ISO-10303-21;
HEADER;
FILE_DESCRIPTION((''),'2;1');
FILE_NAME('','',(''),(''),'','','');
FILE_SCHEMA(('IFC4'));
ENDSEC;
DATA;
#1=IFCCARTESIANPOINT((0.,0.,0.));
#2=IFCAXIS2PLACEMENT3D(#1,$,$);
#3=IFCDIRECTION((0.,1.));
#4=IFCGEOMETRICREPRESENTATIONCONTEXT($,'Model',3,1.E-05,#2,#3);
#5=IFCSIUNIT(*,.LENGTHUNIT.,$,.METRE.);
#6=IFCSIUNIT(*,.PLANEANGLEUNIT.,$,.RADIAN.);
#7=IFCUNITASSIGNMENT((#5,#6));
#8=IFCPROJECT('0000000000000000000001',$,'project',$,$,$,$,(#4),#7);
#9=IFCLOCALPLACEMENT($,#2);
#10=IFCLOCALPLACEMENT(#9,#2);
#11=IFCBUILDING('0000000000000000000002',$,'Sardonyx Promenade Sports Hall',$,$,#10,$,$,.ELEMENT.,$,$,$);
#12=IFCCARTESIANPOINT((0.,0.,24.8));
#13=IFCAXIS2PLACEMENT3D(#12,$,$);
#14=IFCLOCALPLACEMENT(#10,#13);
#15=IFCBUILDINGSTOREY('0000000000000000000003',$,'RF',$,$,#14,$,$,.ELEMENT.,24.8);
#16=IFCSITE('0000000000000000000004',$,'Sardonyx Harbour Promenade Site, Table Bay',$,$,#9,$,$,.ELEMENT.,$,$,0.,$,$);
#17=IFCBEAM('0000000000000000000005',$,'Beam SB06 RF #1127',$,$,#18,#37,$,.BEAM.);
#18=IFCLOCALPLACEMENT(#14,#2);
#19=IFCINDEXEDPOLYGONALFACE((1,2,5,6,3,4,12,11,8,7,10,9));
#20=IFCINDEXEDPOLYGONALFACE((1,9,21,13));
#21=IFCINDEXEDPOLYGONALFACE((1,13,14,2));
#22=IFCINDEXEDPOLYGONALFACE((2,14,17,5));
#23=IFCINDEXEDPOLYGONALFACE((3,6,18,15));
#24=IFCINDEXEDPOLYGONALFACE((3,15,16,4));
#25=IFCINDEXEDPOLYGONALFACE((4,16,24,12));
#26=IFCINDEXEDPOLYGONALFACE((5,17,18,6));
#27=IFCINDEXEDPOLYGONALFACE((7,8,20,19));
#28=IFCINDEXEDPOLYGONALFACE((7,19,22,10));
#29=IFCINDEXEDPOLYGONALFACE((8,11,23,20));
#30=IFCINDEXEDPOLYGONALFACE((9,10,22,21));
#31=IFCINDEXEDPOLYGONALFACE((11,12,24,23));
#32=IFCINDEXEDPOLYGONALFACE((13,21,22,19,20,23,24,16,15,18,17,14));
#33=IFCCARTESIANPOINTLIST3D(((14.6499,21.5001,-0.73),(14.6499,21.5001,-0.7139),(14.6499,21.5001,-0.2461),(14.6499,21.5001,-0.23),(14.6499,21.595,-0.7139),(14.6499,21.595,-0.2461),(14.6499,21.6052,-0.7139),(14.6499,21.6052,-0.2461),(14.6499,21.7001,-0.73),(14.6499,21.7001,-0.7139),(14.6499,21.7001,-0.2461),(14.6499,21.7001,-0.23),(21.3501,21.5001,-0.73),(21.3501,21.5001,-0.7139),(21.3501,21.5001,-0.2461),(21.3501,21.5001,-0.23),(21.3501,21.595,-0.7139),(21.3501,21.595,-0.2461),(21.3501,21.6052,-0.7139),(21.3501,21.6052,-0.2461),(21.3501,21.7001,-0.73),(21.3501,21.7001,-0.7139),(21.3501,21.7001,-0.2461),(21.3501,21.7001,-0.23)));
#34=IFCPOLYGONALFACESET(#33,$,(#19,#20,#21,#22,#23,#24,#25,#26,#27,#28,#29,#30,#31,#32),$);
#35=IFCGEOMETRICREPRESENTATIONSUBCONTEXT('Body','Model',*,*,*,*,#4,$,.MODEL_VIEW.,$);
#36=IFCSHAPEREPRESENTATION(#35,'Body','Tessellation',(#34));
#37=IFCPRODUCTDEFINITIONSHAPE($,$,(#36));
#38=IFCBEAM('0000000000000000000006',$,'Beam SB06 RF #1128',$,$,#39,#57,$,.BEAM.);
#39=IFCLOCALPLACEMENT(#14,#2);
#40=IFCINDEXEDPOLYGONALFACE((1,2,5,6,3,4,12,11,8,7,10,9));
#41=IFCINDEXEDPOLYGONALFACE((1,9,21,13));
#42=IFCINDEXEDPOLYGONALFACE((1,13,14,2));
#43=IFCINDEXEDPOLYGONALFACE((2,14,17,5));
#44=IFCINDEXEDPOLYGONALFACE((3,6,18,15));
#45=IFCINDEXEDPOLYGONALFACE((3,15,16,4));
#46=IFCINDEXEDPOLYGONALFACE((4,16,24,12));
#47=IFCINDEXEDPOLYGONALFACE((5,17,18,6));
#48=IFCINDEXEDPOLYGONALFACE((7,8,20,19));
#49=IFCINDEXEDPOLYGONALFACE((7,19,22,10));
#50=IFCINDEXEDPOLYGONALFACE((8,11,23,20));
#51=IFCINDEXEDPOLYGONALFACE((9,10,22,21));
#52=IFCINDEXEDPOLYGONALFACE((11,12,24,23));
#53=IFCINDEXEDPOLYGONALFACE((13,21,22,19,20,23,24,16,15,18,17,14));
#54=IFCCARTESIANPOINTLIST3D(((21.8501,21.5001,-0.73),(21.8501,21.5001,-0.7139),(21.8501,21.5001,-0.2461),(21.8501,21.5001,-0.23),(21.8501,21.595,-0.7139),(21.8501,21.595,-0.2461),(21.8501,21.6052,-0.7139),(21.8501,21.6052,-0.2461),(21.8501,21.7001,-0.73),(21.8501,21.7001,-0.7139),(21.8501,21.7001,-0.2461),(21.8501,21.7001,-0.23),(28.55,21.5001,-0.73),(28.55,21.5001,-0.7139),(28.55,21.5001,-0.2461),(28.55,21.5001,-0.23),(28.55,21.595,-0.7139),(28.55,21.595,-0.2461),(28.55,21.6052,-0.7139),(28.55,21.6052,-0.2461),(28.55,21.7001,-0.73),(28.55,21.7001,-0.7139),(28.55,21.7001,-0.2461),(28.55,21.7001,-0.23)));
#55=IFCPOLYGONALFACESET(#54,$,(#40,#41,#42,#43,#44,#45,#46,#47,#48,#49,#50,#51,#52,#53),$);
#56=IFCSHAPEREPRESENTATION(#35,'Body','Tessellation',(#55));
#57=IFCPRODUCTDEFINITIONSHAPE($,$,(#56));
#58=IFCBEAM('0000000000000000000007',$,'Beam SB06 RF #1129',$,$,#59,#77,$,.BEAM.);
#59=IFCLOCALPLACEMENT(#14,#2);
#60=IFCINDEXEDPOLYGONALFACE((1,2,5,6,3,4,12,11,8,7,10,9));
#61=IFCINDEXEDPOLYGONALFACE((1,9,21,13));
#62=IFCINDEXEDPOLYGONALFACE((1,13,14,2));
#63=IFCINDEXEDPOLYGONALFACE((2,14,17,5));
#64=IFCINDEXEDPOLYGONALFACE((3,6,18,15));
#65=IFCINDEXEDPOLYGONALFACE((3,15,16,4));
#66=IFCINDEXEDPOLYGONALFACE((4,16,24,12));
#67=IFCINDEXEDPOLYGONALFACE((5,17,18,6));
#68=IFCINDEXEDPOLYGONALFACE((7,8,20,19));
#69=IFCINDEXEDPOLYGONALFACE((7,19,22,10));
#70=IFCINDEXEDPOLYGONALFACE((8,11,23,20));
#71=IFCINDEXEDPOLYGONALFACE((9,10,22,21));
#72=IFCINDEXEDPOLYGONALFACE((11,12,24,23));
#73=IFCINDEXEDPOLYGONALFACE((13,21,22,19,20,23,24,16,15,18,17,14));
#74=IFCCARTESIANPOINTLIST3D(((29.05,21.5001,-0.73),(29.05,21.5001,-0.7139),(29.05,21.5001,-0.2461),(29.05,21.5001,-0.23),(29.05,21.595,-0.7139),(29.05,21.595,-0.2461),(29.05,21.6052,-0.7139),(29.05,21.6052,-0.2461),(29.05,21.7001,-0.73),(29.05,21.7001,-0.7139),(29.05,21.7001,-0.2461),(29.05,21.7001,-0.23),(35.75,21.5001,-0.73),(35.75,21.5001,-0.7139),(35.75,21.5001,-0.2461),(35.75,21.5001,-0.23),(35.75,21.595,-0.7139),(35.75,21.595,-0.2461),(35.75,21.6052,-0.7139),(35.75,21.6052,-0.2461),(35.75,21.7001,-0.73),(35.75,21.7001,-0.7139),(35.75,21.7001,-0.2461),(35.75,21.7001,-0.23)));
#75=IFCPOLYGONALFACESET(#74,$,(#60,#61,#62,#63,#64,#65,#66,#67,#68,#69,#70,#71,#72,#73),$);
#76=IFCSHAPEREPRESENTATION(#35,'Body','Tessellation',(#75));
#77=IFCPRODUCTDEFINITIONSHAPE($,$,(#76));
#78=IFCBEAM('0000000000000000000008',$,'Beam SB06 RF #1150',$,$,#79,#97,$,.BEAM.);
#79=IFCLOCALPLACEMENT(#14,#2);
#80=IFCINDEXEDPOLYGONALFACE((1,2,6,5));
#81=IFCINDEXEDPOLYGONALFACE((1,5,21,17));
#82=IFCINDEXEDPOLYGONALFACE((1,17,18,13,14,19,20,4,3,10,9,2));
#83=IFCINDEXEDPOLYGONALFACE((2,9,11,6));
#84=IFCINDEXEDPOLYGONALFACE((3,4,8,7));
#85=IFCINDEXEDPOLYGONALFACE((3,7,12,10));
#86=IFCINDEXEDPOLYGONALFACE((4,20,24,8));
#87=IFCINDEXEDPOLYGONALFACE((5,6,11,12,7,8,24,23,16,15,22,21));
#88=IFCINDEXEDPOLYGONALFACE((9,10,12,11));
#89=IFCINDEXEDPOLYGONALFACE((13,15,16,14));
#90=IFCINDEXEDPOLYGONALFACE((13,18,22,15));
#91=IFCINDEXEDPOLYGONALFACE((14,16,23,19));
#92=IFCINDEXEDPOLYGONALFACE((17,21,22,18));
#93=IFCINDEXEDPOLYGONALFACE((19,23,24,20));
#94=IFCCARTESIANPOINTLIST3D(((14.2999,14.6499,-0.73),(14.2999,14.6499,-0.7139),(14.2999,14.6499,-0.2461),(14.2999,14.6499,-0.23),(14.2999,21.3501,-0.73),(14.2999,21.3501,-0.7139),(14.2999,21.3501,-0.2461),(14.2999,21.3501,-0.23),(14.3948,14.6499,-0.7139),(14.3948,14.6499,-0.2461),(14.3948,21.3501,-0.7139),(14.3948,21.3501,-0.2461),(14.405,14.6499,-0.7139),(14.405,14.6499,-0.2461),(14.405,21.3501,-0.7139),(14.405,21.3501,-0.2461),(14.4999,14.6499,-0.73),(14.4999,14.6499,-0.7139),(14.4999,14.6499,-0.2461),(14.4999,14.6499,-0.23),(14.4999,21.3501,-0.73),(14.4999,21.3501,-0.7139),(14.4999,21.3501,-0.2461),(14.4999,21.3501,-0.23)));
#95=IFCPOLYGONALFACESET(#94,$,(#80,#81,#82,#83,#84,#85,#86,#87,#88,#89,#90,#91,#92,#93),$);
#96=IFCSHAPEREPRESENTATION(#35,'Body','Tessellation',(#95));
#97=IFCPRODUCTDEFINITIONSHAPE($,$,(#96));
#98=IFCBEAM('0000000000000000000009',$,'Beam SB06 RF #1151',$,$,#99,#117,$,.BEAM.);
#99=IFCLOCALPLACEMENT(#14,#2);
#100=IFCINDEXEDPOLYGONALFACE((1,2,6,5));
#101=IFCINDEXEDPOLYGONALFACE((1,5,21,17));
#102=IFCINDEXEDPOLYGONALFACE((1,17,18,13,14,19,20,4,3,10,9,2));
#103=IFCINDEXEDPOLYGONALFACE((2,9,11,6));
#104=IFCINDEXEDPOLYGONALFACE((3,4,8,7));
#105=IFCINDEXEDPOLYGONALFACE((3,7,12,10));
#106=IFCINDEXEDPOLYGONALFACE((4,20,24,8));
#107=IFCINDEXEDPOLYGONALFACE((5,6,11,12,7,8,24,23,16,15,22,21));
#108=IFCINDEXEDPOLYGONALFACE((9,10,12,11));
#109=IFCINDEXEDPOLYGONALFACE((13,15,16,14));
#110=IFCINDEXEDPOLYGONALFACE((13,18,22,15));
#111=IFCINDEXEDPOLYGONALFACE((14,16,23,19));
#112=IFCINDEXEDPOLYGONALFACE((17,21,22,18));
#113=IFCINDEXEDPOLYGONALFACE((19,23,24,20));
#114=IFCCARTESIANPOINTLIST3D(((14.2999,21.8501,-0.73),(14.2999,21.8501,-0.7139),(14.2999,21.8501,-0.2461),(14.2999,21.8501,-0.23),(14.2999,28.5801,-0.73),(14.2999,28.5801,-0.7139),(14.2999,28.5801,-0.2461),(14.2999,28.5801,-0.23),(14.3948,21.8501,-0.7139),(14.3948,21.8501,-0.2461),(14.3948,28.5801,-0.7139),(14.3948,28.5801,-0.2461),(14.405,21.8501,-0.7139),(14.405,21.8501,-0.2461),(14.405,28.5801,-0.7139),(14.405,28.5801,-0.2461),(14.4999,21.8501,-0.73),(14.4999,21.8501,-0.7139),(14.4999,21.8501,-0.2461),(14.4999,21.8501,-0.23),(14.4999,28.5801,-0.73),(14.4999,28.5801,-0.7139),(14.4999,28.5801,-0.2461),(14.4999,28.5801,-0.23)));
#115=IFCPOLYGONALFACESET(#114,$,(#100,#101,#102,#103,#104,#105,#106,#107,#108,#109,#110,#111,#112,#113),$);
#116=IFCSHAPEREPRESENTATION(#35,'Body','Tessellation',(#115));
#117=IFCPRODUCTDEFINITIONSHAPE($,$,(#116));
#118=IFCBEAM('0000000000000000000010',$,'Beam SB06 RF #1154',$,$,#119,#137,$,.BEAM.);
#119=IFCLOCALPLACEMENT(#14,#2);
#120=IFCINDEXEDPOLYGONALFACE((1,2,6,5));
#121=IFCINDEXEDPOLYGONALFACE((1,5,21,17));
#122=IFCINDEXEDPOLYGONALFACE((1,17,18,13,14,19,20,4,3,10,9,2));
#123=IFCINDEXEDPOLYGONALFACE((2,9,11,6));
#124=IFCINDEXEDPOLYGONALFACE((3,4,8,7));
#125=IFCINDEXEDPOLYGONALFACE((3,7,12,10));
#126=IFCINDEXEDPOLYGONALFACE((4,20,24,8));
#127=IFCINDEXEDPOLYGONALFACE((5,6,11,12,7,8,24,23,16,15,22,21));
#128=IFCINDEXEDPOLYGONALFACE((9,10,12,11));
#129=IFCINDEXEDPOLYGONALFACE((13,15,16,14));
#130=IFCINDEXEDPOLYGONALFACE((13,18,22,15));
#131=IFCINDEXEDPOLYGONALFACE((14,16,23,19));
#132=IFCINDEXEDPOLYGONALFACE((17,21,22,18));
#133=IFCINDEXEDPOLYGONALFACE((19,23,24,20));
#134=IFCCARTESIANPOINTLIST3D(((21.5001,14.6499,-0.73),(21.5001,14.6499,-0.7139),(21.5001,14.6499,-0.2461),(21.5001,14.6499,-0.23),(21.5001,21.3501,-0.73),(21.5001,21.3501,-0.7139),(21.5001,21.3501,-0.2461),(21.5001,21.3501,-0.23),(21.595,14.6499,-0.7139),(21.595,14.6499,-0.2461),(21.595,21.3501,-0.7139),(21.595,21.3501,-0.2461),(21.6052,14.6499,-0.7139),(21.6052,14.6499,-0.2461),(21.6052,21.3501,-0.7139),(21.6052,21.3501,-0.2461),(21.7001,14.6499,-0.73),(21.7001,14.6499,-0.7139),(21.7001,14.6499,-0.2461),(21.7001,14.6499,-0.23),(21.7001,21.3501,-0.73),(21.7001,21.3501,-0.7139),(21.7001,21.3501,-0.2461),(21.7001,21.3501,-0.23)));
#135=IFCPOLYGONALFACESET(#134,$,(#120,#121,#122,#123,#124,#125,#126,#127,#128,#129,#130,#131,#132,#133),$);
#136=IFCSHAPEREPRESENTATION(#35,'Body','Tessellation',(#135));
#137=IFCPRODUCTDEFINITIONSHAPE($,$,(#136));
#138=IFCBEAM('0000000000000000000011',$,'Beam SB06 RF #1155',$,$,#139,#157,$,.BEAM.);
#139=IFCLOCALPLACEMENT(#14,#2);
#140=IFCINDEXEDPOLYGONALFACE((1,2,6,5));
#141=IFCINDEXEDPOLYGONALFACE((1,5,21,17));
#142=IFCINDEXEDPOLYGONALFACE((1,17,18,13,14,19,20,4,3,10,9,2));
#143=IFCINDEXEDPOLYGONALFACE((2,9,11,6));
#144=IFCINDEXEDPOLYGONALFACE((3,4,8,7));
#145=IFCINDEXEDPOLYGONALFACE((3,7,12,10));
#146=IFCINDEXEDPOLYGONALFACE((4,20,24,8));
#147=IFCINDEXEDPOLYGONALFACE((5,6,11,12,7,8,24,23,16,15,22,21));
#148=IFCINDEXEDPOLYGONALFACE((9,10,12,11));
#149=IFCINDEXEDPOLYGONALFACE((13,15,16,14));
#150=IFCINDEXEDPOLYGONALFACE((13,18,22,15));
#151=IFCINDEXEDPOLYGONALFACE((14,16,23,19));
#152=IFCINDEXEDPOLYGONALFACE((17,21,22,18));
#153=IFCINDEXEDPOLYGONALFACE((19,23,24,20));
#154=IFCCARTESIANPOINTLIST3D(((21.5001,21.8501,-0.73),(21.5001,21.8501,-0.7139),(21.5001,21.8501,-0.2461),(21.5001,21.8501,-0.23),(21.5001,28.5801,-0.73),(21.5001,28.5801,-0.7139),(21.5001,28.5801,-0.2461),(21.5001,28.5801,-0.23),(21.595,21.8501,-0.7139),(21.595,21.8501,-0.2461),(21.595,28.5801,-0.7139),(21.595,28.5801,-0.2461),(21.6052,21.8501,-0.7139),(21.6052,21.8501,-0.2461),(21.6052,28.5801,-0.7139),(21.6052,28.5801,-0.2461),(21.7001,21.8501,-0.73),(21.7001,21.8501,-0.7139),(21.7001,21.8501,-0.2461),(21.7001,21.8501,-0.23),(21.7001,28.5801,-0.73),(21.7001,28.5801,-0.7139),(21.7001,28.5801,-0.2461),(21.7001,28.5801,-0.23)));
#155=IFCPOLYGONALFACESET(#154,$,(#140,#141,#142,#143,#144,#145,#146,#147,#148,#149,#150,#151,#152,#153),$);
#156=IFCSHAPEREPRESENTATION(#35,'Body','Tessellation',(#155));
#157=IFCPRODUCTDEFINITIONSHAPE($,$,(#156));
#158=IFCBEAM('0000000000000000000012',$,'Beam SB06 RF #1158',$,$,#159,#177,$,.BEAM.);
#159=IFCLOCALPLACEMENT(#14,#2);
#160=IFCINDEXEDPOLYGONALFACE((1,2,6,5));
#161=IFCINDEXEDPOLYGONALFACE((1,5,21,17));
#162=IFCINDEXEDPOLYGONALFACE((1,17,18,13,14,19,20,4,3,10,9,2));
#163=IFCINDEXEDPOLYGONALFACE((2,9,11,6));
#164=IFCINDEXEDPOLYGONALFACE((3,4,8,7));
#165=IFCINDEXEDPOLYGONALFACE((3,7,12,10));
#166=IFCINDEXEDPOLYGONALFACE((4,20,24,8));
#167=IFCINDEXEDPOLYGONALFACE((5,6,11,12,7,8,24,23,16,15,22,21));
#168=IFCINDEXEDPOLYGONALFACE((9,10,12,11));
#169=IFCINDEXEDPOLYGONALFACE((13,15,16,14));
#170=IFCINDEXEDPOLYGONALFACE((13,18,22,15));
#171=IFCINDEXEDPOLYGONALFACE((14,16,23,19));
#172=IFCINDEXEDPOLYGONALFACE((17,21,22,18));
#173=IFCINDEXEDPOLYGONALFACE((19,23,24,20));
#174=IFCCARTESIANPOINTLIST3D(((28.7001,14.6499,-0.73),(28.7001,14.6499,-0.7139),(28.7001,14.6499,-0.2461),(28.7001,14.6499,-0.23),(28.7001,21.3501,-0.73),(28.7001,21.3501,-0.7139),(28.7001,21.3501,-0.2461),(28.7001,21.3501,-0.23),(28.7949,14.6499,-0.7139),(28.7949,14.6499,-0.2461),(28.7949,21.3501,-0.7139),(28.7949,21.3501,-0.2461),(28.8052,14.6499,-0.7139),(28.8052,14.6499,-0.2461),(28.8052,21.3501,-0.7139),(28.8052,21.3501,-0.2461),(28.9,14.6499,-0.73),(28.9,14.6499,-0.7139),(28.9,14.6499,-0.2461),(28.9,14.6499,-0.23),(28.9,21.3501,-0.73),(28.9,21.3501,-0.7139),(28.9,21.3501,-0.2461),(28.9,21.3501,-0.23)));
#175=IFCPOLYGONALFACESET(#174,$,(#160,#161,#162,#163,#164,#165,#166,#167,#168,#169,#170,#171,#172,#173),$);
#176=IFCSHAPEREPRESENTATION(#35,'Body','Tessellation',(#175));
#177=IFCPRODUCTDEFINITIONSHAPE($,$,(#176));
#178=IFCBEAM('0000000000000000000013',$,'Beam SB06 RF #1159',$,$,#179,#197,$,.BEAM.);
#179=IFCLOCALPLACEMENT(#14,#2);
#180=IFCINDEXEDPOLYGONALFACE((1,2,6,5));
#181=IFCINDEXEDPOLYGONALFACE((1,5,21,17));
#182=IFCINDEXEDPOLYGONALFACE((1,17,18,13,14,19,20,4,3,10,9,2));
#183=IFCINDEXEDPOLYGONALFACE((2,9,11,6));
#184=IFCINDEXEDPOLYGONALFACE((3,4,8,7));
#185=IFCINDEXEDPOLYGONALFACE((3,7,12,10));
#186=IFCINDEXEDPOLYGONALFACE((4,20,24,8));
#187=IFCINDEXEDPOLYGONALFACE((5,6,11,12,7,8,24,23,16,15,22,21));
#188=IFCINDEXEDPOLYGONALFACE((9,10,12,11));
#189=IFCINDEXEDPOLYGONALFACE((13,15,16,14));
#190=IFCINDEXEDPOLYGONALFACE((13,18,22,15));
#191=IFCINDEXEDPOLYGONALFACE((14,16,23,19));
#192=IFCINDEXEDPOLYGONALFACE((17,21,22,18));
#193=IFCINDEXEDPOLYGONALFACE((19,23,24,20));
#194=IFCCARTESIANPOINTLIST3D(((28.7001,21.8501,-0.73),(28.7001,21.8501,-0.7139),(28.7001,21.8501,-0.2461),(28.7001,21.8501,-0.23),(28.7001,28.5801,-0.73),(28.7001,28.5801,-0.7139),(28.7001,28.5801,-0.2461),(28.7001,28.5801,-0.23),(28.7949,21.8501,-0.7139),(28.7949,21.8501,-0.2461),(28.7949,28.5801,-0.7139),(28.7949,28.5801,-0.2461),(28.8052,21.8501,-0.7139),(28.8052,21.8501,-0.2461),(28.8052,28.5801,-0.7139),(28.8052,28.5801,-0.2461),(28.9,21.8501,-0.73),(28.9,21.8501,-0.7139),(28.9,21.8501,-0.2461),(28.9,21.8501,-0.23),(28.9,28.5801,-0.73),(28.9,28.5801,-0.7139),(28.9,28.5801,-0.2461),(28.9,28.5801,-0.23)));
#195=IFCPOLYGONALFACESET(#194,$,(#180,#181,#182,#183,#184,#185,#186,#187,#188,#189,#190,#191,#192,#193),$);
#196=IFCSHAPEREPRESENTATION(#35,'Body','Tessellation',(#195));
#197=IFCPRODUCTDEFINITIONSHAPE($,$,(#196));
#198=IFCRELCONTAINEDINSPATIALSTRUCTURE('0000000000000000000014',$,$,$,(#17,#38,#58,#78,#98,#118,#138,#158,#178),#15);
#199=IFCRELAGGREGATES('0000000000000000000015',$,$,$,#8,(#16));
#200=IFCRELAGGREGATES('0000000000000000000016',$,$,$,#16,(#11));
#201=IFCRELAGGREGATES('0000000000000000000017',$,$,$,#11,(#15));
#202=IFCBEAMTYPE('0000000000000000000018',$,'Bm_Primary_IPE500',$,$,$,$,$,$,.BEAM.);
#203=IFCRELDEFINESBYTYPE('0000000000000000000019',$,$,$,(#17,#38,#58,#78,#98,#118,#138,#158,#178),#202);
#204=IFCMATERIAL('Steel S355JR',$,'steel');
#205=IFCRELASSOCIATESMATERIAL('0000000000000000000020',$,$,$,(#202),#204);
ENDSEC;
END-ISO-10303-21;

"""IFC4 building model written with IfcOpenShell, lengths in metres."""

from ifc_helpers import new_model, si_unit, direction, frame, origin, origin_2d, place, context, subcontext, project, spatial, i_section, extrude, material, material_profile, profile_set, type_object, element, save


model = new_model("IFC4")

# Units and contexts
model_context = context("Model", 3, precision=1e-05, world=origin(), true_north=direction((0.0, 1.0)))
body_context = subcontext(model_context, "Body", "Model", "MODEL_VIEW")
ifc_project = project(units=[si_unit("LENGTHUNIT", "METRE"), si_unit("PLANEANGLEUNIT", "RADIAN")], contexts=[model_context])

# Site, building, storey
site_placement = place(None, origin())
site = spatial("IfcSite", under=ifc_project, at=site_placement, Name="Sardonyx Harbour Promenade Site, Table Bay", CompositionType="ELEMENT", RefElevation=0.0)
building_placement = place(site_placement, origin())
building = spatial("IfcBuilding", under=site, at=building_placement, Name="Sardonyx Promenade Sports Hall", CompositionType="ELEMENT")
storey_placement = place(building_placement, frame((0.0, 0.0, 24.8)))
storey = spatial("IfcBuildingStorey", under=building, at=storey_placement, Name="RF", CompositionType="ELEMENT", Elevation=24.8)

# Beams
ifc_material_1 = material(Name="Steel S355JR", Category="steel")
ifc_material_profile_1 = material_profile(ifc_material_1, i_section(OverallWidth=0.2, OverallDepth=0.5, WebThickness=0.0103, FlangeThickness=0.0161, at=origin_2d()))
ifc_profile_set_1 = profile_set([ifc_material_profile_1], Name="Steel S355JR")
beam_type_1 = type_object("IfcBeamType", Name="Bm_Primary_IPE500", PredefinedType="BEAM", material=ifc_profile_set_1)
beam_1_placement = place(storey_placement, frame((14.6499, 21.6001, -0.48), z_axis=(1.0, 0.0, 0.0), x_axis=(0.0, 1.0, 0.0)))
element("IfcBeam", 1, at=beam_1_placement, inside=storey, type_object=beam_type_1, Name="Beam SB06 RF #1127", PredefinedType="BEAM", context=body_context, shape_type="SweptSolid", body=[
    extrude(i_section(OverallWidth=0.2, OverallDepth=0.5, WebThickness=0.0103, FlangeThickness=0.0161, at=origin_2d()), origin(), (0.0, 0.0, 1.0), 6.7002),
])
for number, where, z_axis, x_axis, name in (
    (2, (21.8501, 21.6001, -0.48), (1.0, 0.0, 0.0), (0.0, 1.0, 0.0), "Beam SB06 RF #1128"),
    (3, (29.05, 21.6001, -0.48), (1.0, 0.0, 0.0), (0.0, 1.0, 0.0), "Beam SB06 RF #1129"),
):
    element("IfcBeam", number, at=place(storey_placement, frame(where, z_axis=z_axis, x_axis=x_axis)), inside=storey, type_object=beam_type_1, Name=name, PredefinedType="BEAM", context=body_context, shape_type="SweptSolid", body=[
        extrude(i_section(OverallWidth=0.2, OverallDepth=0.5, WebThickness=0.0103, FlangeThickness=0.0161, at=origin_2d()), origin(), (0.0, 0.0, 1.0), 6.7),
    ])
beam_2_placement = place(storey_placement, frame((14.3999, 14.6499, -0.48), z_axis=(0.0, 1.0, 0.0), x_axis=(-1.0, 0.0, 0.0)))
element("IfcBeam", 4, at=beam_2_placement, inside=storey, type_object=beam_type_1, Name="Beam SB06 RF #1150", PredefinedType="BEAM", context=body_context, shape_type="SweptSolid", body=[
    extrude(i_section(OverallWidth=0.2, OverallDepth=0.5, WebThickness=0.0103, FlangeThickness=0.0161, at=origin_2d()), origin(), (0.0, 0.0, 1.0), 6.7002),
])
beam_3_placement = place(storey_placement, frame((14.3999, 21.8501, -0.48), z_axis=(0.0, 1.0, 0.0), x_axis=(-1.0, 0.0, 0.0)))
element("IfcBeam", 5, at=beam_3_placement, inside=storey, type_object=beam_type_1, Name="Beam SB06 RF #1151", PredefinedType="BEAM", context=body_context, shape_type="SweptSolid", body=[
    extrude(i_section(OverallWidth=0.2, OverallDepth=0.5, WebThickness=0.0103, FlangeThickness=0.0161, at=origin_2d()), origin(), (0.0, 0.0, 1.0), 6.73),
])
beam_4_placement = place(storey_placement, frame((21.6001, 14.6499, -0.48), z_axis=(0.0, 1.0, 0.0), x_axis=(-1.0, 0.0, 0.0)))
element("IfcBeam", 6, at=beam_4_placement, inside=storey, type_object=beam_type_1, Name="Beam SB06 RF #1154", PredefinedType="BEAM", context=body_context, shape_type="SweptSolid", body=[
    extrude(i_section(OverallWidth=0.2, OverallDepth=0.5, WebThickness=0.0103, FlangeThickness=0.0161, at=origin_2d()), origin(), (0.0, 0.0, 1.0), 6.7002),
])
beam_5_placement = place(storey_placement, frame((21.6001, 21.8501, -0.48), z_axis=(0.0, 1.0, 0.0), x_axis=(-1.0, 0.0, 0.0)))
element("IfcBeam", 7, at=beam_5_placement, inside=storey, type_object=beam_type_1, Name="Beam SB06 RF #1155", PredefinedType="BEAM", context=body_context, shape_type="SweptSolid", body=[
    extrude(i_section(OverallWidth=0.2, OverallDepth=0.5, WebThickness=0.0103, FlangeThickness=0.0161, at=origin_2d()), origin(), (0.0, 0.0, 1.0), 6.73),
])
beam_6_placement = place(storey_placement, frame((28.8, 14.6499, -0.48), z_axis=(0.0, 1.0, 0.0), x_axis=(-1.0, 0.0, 0.0)))
element("IfcBeam", 8, at=beam_6_placement, inside=storey, type_object=beam_type_1, Name="Beam SB06 RF #1158", PredefinedType="BEAM", context=body_context, shape_type="SweptSolid", body=[
    extrude(i_section(OverallWidth=0.2, OverallDepth=0.5, WebThickness=0.0103, FlangeThickness=0.0161, at=origin_2d()), origin(), (0.0, 0.0, 1.0), 6.7002),
])
beam_7_placement = place(storey_placement, frame((28.8, 21.8501, -0.48), z_axis=(0.0, 1.0, 0.0), x_axis=(-1.0, 0.0, 0.0)))
element("IfcBeam", 9, at=beam_7_placement, inside=storey, type_object=beam_type_1, Name="Beam SB06 RF #1159", PredefinedType="BEAM", context=body_context, shape_type="SweptSolid", body=[
    extrude(i_section(OverallWidth=0.2, OverallDepth=0.5, WebThickness=0.0103, FlangeThickness=0.0161, at=origin_2d()), origin(), (0.0, 0.0, 1.0), 6.73),
])

save(model, "model.ifc")
